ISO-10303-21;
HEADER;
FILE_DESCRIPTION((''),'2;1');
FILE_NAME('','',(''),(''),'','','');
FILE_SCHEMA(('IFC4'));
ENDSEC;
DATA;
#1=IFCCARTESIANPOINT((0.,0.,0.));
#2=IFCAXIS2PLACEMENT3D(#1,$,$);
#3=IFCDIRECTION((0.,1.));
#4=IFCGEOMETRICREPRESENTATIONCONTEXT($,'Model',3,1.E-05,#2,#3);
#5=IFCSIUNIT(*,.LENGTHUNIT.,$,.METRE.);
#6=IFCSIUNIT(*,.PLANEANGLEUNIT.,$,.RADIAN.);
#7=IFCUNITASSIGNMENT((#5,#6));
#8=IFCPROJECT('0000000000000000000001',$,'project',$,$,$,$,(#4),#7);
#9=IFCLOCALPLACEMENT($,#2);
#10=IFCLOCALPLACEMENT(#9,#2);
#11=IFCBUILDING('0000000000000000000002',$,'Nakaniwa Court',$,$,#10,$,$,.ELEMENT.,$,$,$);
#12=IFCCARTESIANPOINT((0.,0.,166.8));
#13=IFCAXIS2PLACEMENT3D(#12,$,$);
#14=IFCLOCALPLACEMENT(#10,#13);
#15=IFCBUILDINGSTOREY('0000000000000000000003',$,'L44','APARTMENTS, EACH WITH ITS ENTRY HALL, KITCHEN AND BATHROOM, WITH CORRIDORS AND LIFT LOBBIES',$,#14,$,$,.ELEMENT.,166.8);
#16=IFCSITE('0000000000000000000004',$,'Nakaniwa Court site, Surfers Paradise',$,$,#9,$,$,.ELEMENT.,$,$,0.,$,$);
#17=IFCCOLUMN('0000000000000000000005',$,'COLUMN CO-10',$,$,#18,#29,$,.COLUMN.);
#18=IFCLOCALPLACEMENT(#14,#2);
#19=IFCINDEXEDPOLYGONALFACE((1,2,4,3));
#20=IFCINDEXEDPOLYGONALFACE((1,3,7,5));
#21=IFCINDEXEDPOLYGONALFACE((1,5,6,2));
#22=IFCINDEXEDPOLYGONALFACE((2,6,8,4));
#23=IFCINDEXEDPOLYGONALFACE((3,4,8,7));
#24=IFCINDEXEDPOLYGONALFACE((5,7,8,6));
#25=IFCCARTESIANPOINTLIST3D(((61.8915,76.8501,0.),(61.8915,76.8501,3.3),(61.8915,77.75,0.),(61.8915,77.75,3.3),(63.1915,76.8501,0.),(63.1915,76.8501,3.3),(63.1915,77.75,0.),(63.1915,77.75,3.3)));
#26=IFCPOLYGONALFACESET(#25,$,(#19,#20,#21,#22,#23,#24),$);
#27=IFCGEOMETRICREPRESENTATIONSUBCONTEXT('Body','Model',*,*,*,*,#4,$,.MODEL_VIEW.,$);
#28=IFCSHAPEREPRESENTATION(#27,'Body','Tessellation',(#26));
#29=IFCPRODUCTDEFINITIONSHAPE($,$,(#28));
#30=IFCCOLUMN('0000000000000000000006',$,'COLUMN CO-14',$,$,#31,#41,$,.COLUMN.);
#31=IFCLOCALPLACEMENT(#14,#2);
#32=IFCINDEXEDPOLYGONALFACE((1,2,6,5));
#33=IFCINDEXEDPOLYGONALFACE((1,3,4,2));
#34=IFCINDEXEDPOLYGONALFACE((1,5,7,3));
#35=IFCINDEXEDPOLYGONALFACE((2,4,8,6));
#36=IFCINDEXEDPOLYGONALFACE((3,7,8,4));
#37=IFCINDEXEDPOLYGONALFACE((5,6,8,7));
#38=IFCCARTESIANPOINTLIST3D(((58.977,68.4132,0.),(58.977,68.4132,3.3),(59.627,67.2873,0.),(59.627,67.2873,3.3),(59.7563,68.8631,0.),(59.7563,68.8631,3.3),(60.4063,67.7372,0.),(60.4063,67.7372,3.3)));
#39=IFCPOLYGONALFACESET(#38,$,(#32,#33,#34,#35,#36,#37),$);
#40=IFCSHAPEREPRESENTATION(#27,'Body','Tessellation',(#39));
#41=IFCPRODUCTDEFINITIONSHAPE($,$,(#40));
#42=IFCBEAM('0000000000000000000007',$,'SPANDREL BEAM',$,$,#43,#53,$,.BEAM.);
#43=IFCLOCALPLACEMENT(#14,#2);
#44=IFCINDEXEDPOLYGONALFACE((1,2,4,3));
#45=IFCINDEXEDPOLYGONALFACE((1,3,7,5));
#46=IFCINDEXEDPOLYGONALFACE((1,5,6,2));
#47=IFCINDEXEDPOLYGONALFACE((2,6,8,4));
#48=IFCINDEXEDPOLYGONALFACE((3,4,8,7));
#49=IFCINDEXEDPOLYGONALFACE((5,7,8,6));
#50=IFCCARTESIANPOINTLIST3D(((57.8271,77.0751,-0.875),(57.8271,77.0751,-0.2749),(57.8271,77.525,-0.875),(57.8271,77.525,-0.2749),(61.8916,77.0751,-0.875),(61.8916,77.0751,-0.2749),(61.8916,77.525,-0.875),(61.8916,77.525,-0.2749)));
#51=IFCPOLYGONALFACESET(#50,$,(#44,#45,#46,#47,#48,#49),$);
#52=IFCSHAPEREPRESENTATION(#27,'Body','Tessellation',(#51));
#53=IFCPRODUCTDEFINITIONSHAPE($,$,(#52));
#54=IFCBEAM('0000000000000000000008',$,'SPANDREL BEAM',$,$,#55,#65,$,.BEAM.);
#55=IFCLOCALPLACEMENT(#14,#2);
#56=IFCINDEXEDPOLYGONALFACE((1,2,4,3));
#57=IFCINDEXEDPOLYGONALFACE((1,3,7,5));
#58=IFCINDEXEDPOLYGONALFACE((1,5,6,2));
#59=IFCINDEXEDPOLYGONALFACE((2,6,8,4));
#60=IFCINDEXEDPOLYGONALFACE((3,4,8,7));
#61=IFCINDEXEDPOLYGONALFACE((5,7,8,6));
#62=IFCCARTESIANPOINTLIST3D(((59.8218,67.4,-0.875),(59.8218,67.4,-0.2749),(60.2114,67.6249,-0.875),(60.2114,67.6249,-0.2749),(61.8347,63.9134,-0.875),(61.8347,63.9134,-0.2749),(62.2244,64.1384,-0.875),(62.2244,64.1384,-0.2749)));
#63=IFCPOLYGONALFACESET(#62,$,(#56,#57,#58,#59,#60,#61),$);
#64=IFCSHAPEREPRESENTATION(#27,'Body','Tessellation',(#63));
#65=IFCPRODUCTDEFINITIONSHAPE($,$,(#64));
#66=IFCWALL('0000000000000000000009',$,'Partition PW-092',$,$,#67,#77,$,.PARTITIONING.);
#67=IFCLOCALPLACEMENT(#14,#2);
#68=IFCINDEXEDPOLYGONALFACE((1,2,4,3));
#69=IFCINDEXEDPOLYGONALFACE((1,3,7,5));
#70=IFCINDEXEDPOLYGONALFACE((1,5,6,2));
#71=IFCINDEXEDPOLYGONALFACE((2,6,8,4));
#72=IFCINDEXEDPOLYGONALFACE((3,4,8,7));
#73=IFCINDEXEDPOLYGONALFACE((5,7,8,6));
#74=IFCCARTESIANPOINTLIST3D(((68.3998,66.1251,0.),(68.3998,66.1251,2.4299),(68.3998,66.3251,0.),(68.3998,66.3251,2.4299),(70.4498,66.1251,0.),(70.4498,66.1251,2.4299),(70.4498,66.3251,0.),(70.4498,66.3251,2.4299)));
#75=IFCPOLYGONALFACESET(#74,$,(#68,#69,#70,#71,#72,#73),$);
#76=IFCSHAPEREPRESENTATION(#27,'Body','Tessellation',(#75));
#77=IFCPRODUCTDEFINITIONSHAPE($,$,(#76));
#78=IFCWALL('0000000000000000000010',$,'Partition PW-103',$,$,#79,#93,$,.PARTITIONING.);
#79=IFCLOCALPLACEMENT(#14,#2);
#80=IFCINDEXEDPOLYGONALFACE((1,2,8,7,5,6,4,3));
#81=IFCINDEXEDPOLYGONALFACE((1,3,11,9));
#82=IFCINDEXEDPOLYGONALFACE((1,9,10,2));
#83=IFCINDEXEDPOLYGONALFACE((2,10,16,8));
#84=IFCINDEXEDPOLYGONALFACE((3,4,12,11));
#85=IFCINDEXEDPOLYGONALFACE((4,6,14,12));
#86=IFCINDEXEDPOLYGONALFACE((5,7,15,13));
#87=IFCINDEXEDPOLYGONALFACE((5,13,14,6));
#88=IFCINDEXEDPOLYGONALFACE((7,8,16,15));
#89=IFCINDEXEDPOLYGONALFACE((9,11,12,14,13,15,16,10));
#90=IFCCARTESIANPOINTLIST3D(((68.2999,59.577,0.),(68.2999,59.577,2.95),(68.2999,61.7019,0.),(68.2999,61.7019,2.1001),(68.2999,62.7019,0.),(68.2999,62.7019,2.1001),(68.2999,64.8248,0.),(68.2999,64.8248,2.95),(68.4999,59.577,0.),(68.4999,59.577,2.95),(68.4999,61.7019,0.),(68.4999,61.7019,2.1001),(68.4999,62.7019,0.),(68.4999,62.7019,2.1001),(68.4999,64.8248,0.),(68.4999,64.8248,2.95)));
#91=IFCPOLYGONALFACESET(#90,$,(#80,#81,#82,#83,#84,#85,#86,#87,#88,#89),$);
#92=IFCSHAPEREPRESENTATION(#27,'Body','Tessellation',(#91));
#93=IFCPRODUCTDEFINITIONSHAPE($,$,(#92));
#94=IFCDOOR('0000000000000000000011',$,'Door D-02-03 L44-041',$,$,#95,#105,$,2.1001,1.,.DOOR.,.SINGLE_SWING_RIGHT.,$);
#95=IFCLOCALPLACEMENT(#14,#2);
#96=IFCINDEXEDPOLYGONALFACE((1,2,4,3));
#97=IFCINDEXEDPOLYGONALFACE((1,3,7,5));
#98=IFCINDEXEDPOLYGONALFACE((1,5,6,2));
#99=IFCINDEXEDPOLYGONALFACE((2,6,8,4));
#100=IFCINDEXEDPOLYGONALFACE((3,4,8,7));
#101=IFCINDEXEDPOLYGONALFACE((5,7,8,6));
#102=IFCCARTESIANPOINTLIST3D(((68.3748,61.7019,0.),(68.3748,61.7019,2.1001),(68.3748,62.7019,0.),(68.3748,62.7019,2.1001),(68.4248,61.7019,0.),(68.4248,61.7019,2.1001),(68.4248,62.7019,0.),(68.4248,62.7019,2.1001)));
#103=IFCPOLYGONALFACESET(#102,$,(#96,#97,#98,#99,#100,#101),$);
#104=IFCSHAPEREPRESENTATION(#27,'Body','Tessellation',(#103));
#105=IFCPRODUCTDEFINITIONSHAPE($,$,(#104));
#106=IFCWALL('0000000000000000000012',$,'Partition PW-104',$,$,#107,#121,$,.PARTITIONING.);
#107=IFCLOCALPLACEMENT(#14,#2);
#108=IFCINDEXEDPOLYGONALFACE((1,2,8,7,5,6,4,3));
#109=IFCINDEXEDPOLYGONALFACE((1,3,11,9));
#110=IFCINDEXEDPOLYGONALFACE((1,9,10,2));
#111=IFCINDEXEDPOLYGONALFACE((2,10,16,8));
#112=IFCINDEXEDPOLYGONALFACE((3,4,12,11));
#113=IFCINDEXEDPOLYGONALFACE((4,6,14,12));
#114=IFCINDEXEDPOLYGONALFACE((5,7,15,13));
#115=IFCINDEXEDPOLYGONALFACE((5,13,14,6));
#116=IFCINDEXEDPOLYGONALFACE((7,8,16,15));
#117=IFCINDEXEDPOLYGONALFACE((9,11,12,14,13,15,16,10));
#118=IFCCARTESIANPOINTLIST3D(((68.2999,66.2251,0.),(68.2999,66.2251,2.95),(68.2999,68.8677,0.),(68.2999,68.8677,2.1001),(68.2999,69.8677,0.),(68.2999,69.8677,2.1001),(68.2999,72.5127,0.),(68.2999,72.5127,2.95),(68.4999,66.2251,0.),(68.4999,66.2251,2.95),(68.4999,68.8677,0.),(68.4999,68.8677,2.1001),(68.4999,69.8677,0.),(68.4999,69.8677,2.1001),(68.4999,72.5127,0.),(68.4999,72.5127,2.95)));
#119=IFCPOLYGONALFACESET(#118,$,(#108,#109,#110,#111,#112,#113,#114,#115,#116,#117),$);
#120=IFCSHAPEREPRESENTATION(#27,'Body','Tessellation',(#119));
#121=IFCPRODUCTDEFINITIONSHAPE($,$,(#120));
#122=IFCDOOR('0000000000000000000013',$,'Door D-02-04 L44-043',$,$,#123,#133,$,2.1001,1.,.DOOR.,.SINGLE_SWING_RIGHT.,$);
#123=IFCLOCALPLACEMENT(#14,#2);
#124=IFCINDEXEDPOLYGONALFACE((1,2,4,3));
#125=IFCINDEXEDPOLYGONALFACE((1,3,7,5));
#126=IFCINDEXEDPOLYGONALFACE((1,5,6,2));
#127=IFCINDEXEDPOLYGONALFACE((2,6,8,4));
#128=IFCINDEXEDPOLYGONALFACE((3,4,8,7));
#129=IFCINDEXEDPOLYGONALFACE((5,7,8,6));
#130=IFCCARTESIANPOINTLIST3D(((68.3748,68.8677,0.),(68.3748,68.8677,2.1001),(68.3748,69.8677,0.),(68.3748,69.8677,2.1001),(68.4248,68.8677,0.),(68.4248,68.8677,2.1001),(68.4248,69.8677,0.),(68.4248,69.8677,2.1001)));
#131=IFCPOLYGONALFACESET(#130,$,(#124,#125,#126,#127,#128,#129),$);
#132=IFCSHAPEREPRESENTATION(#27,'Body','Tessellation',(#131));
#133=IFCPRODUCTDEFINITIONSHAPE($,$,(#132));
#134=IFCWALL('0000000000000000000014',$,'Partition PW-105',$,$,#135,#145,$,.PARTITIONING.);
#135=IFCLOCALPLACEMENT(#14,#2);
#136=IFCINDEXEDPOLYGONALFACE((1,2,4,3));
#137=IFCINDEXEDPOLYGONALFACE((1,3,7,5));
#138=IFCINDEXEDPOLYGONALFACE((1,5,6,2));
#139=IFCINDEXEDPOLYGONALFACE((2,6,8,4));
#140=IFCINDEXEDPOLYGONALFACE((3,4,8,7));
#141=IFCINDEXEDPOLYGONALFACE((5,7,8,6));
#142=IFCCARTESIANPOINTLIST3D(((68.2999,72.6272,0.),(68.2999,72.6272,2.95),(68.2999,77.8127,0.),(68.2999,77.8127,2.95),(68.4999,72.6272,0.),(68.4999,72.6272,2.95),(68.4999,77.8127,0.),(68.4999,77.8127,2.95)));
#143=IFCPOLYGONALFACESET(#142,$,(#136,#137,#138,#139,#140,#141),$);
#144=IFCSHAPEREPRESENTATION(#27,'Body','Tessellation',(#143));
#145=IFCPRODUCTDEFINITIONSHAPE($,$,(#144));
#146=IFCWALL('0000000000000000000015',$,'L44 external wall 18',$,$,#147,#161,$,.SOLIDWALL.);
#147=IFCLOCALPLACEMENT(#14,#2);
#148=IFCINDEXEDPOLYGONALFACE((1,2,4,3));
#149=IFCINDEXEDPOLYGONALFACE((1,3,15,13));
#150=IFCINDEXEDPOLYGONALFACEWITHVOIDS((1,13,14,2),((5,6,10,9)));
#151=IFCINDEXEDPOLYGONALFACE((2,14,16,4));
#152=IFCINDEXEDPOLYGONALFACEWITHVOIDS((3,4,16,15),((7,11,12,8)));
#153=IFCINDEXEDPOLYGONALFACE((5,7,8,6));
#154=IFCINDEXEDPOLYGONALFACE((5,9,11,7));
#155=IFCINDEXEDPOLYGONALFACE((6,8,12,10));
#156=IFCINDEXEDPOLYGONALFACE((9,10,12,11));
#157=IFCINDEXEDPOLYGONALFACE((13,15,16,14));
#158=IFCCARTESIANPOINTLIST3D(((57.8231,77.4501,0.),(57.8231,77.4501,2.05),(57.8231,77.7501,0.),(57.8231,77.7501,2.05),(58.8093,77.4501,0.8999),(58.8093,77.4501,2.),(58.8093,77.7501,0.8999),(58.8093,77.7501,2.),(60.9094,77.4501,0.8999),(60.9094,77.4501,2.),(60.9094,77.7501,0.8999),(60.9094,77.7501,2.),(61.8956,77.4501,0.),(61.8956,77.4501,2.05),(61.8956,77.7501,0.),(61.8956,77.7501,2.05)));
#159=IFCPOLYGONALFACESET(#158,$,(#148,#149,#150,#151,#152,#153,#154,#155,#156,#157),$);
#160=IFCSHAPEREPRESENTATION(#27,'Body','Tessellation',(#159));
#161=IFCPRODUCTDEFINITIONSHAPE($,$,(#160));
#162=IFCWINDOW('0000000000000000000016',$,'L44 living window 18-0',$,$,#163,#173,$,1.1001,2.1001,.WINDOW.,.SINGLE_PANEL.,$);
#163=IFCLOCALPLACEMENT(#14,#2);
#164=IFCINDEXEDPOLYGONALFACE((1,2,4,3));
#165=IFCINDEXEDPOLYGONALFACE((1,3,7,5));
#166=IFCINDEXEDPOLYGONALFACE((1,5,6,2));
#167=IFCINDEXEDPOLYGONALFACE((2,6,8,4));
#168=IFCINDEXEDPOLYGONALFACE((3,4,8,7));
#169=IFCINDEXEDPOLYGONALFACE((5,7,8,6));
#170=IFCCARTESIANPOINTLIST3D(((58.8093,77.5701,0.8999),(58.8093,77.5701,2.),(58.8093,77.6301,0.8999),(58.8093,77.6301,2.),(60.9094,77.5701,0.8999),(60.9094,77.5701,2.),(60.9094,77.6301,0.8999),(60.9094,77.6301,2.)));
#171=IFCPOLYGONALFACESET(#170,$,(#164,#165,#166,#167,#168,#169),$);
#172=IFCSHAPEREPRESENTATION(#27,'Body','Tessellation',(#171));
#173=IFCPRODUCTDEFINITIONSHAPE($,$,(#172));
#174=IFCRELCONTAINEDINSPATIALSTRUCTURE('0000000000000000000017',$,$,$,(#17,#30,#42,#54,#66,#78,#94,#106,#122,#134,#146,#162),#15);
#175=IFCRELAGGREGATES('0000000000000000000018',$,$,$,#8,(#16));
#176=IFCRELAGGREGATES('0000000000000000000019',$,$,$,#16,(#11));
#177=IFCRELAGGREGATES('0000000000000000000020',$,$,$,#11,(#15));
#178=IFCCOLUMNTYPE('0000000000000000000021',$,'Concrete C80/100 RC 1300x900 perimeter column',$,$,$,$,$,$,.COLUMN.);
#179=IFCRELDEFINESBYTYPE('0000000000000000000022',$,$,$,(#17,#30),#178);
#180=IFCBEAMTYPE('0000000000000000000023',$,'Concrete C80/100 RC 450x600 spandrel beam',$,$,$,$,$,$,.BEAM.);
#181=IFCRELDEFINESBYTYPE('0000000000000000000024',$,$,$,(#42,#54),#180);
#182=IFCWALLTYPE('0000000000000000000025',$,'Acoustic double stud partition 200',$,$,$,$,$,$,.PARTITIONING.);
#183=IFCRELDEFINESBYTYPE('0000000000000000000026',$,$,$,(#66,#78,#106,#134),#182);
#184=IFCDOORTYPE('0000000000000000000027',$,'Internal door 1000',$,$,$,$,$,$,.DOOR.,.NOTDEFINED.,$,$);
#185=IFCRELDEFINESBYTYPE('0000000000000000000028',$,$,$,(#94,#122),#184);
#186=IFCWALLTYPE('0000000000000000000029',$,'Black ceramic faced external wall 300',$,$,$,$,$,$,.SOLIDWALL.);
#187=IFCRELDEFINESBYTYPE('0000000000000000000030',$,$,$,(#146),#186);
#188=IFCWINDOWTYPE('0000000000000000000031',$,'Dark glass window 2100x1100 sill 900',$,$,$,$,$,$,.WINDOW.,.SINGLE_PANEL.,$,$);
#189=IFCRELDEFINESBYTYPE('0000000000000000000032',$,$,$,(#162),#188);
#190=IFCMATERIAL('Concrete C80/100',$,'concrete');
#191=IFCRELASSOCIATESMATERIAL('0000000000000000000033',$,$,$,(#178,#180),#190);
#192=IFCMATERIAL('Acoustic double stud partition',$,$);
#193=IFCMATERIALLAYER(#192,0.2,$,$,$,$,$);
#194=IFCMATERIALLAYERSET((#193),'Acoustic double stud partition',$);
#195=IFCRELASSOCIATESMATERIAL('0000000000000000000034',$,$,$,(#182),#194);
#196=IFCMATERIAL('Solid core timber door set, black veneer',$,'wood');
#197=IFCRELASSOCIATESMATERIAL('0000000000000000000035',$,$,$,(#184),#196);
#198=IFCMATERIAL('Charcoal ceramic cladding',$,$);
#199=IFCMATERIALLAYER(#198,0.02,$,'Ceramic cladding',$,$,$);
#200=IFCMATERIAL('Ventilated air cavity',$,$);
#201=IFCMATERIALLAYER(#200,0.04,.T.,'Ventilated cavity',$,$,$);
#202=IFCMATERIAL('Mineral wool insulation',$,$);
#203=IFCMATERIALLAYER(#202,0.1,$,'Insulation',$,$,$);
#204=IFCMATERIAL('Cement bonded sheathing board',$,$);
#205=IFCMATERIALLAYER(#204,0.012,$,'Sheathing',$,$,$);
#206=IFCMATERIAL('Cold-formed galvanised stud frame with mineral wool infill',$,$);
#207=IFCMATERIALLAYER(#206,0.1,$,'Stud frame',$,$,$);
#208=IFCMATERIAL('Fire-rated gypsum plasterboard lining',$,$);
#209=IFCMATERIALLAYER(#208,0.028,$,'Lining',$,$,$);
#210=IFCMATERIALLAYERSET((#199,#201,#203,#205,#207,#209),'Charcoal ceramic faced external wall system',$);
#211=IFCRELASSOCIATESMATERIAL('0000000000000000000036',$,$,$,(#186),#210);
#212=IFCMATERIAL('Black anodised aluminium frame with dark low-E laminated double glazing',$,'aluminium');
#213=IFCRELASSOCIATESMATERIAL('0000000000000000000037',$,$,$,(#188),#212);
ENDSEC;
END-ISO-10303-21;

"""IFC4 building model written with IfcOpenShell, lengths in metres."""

from ifc_helpers import new_model, si_unit, direction, frame, frame_2d, origin, origin_2d, place, context, subcontext, project, spatial, rectangle, extrude, material, layer, layer_set, material_profile, profile_set, type_object, element, fill, save


model = new_model("IFC4")

# Units and contexts
model_context = context("Model", 3, precision=1e-05, world=origin(), true_north=direction((0.0, 1.0)))
body_context = subcontext(model_context, "Body", "Model", "MODEL_VIEW")
ifc_project = project(units=[si_unit("LENGTHUNIT", "METRE"), si_unit("PLANEANGLEUNIT", "RADIAN")], contexts=[model_context])

# Site, building, storey
site_placement = place(None, origin())
site = spatial("IfcSite", under=ifc_project, at=site_placement, Name="Nakaniwa Court site, Surfers Paradise", CompositionType="ELEMENT", RefElevation=0.0)
building_placement = place(site_placement, origin())
building = spatial("IfcBuilding", under=site, at=building_placement, Name="Nakaniwa Court", CompositionType="ELEMENT")
storey_placement = place(building_placement, frame((0.0, 0.0, 166.8)))
storey = spatial("IfcBuildingStorey", under=building, at=storey_placement, Name="L44", Description="APARTMENTS, EACH WITH ITS ENTRY HALL, KITCHEN AND BATHROOM, WITH CORRIDORS AND LIFT LOBBIES", CompositionType="ELEMENT", Elevation=166.8)

# Columns
ifc_material_1 = material(Name="Concrete C80/100", Category="concrete")
ifc_material_profile_1 = material_profile(ifc_material_1, rectangle(XDim=1.3, YDim=0.8999, at=origin_2d()), Name="Concrete C80/100 RC 1300x900 perimeter column")
ifc_profile_set_1 = profile_set([ifc_material_profile_1], Name="Concrete C80/100")
column_type = type_object("IfcColumnType", Name="Concrete C80/100 RC 1300x900 perimeter column", PredefinedType="COLUMN", material=ifc_profile_set_1)
for number, where, z_axis, x_axis, name in (
    (1, (62.5415, 77.3, 0.0), (0.0, 0.0, 1.0), (-1.0, 0.0, 0.0), "COLUMN CO-10"),
    (2, (59.6917, 68.0752, 0.0), (0.0, 0.0, 1.0), (0.5, -0.866025, 0.0), "COLUMN CO-14"),
):
    element("IfcColumn", number, at=place(storey_placement, frame(where, z_axis=z_axis, x_axis=x_axis)), inside=storey, type_object=column_type, Name=name, PredefinedType="COLUMN", context=body_context, shape_type="SweptSolid", body=[
        extrude(rectangle(XDim=1.3, YDim=0.8999, at=origin_2d()), origin(), (0.0, 0.0, 1.0), 3.3),
    ])

# Beams
ifc_material_profile_2 = material_profile(ifc_material_1, rectangle(XDim=0.45, YDim=0.6001, at=origin_2d()), Name="Concrete C80/100 RC 450x600 spandrel beam")
ifc_profile_set_2 = profile_set([ifc_material_profile_2], Name="Concrete C80/100")
beam_type = type_object("IfcBeamType", Name="Concrete C80/100 RC 450x600 spandrel beam", PredefinedType="BEAM", material=ifc_profile_set_2)
beam_1_placement = place(storey_placement, frame((61.8916, 77.3, -0.575), z_axis=(-1.0, 0.0, 0.0), x_axis=(0.0, -1.0, 0.0)))
element("IfcBeam", 3, at=beam_1_placement, inside=storey, type_object=beam_type, Name="SPANDREL BEAM", PredefinedType="BEAM", context=body_context, shape_type="SweptSolid", body=[
    extrude(rectangle(XDim=0.45, YDim=0.6001, at=origin_2d()), origin(), (0.0, 0.0, 1.0), 4.0645),
])
beam_2_placement = place(storey_placement, frame((60.0166, 67.5125, -0.575), z_axis=(0.499994, -0.866029, 0.0), x_axis=(0.866029, 0.499994, 0.0)))
element("IfcBeam", 4, at=beam_2_placement, inside=storey, type_object=beam_type, Name="SPANDREL BEAM", PredefinedType="BEAM", context=body_context, shape_type="SweptSolid", body=[
    extrude(rectangle(XDim=0.45, YDim=0.6001, at=origin_2d()), origin(), (0.0, 0.0, 1.0), 4.0259),
])

# Wall
ifc_material_2 = material(Name="Acoustic double stud partition")
ifc_layer_1 = layer(ifc_material_2, 0.2)
ifc_layer_set_1 = layer_set([ifc_layer_1], Name="Acoustic double stud partition")
wall_type_1 = type_object("IfcWallType", Name="Acoustic double stud partition 200", PredefinedType="PARTITIONING", material=ifc_layer_set_1)
wall_1_placement = place(storey_placement, frame((68.3999, 66.2251, 0.0), z_axis=(0.0, 0.0, 1.0), x_axis=(1.0, 0.0, 0.0)))
element("IfcWall", 5, at=wall_1_placement, inside=storey, type_object=wall_type_1, Name="Partition PW-092", PredefinedType="PARTITIONING", context=body_context, shape_type="SweptSolid", body=[
    extrude(rectangle(XDim=2.05, YDim=0.2, at=frame_2d((1.0249, 0.0))), origin(), (0.0, 0.0, 1.0), 2.4299),
])

# Walls, openings, doors
wall_2_placement = place(storey_placement, frame((68.3999, 64.825, 0.0), z_axis=(0.0, 0.0, 1.0), x_axis=(0.0, -1.0, 0.0)))
wall_2 = element("IfcWall", 6, at=wall_2_placement, inside=storey, type_object=wall_type_1, Name="Partition PW-103", PredefinedType="PARTITIONING", context=body_context, shape_type="SweptSolid", body=[
    extrude(rectangle(XDim=5.2478, YDim=0.2, at=frame_2d((2.624, 0.0))), origin(), (0.0, 0.0, 1.0), 2.95),
])
opening_1_placement = place(wall_2_placement, frame((2.123, 0.0, 0.0)))
opening_1 = element("IfcOpeningElement", 7, at=opening_1_placement, cuts=wall_2, PredefinedType="OPENING", context=body_context, shape_type="SweptSolid", body=[
    extrude(rectangle(XDim=1.0, YDim=2.1001, at=frame_2d((0.5, 1.05))), frame((0.0, 0.1099, 0.0), z_axis=(0.0, -1.0, 0.0), x_axis=(1.0, 0.0, 0.0)), (0.0, 0.0, 1.0), 0.22),
])
ifc_material_3 = material(Name="Solid core timber door set, black veneer", Category="wood")
door_type = type_object("IfcDoorType", Name="Internal door 1000", OperationType="NOTDEFINED", PredefinedType="DOOR", material=ifc_material_3)
door_1_placement = place(opening_1_placement, origin())
door_1 = element("IfcDoor", 8, at=door_1_placement, inside=storey, type_object=door_type, Name="Door D-02-03 L44-041", OperationType="SINGLE_SWING_RIGHT", OverallHeight=2.1001, OverallWidth=1.0, PredefinedType="DOOR", context=body_context, shape_type="SweptSolid", body=[
    extrude(rectangle(XDim=1.0, YDim=2.1001, at=frame_2d((0.5, 1.05))), frame((0.0, 0.0249, 0.0), z_axis=(0.0, -1.0, 0.0), x_axis=(1.0, 0.0, 0.0)), (0.0, 0.0, 1.0), 0.05),
])
fill(opening_1, door_1)
wall_3_placement = place(storey_placement, frame((68.3999, 72.5127, 0.0), z_axis=(0.0, 0.0, 1.0), x_axis=(0.0, -1.0, 0.0)))
wall_3 = element("IfcWall", 9, at=wall_3_placement, inside=storey, type_object=wall_type_1, Name="Partition PW-104", PredefinedType="PARTITIONING", context=body_context, shape_type="SweptSolid", body=[
    extrude(rectangle(XDim=6.2876, YDim=0.2, at=frame_2d((3.1438, 0.0))), origin(), (0.0, 0.0, 1.0), 2.95),
])
opening_2_placement = place(wall_3_placement, frame((2.645, 0.0, 0.0)))
opening_2 = element("IfcOpeningElement", 10, at=opening_2_placement, cuts=wall_3, PredefinedType="OPENING", context=body_context, shape_type="SweptSolid", body=[
    extrude(rectangle(XDim=1.0, YDim=2.1001, at=frame_2d((0.5, 1.05))), frame((0.0, 0.1099, 0.0), z_axis=(0.0, -1.0, 0.0), x_axis=(1.0, 0.0, 0.0)), (0.0, 0.0, 1.0), 0.22),
])
door_2_placement = place(opening_2_placement, origin())
door_2 = element("IfcDoor", 11, at=door_2_placement, inside=storey, type_object=door_type, Name="Door D-02-04 L44-043", OperationType="SINGLE_SWING_RIGHT", OverallHeight=2.1001, OverallWidth=1.0, PredefinedType="DOOR", context=body_context, shape_type="SweptSolid", body=[
    extrude(rectangle(XDim=1.0, YDim=2.1001, at=frame_2d((0.5, 1.05))), frame((0.0, 0.0249, 0.0), z_axis=(0.0, -1.0, 0.0), x_axis=(1.0, 0.0, 0.0)), (0.0, 0.0, 1.0), 0.05),
])
fill(opening_2, door_2)

# Wall
wall_4_placement = place(storey_placement, frame((68.3999, 72.6272, 0.0), z_axis=(0.0, 0.0, 1.0), x_axis=(0.0, 1.0, 0.0)))
element("IfcWall", 12, at=wall_4_placement, inside=storey, type_object=wall_type_1, Name="Partition PW-105", PredefinedType="PARTITIONING", context=body_context, shape_type="SweptSolid", body=[
    extrude(rectangle(XDim=5.1855, YDim=0.2, at=frame_2d((2.5928, 0.0))), origin(), (0.0, 0.0, 1.0), 2.95),
])

# Wall, opening, window
ifc_material_4 = material(Name="Charcoal ceramic cladding")
ifc_layer_2 = layer(ifc_material_4, 0.02, Name="Ceramic cladding")
ifc_material_5 = material(Name="Ventilated air cavity")
ifc_layer_3 = layer(ifc_material_5, 0.04, ventilated=True, Name="Ventilated cavity")
ifc_material_6 = material(Name="Mineral wool insulation")
ifc_layer_4 = layer(ifc_material_6, 0.1, Name="Insulation")
ifc_material_7 = material(Name="Cement bonded sheathing board")
ifc_layer_5 = layer(ifc_material_7, 0.012, Name="Sheathing")
ifc_material_8 = material(Name="Cold-formed galvanised stud frame with mineral wool infill")
ifc_layer_6 = layer(ifc_material_8, 0.1, Name="Stud frame")
ifc_material_9 = material(Name="Fire-rated gypsum plasterboard lining")
ifc_layer_7 = layer(ifc_material_9, 0.028, Name="Lining")
ifc_layer_set_2 = layer_set([ifc_layer_2, ifc_layer_3, ifc_layer_4, ifc_layer_5, ifc_layer_6, ifc_layer_7], Name="Charcoal ceramic faced external wall system")
wall_type_2 = type_object("IfcWallType", Name="Black ceramic faced external wall 300", PredefinedType="SOLIDWALL", material=ifc_layer_set_2)
wall_5_placement = place(storey_placement, frame((61.8955, 77.6001, 0.0), z_axis=(0.0, 0.0, 1.0), x_axis=(-1.0, 0.0, 0.0)))
wall_5 = element("IfcWall", 13, at=wall_5_placement, inside=storey, type_object=wall_type_2, Name="L44 external wall 18", PredefinedType="SOLIDWALL", context=body_context, shape_type="SweptSolid", body=[
    extrude(rectangle(XDim=4.0725, YDim=0.3, at=frame_2d((2.0361, 0.0))), origin(), (0.0, 0.0, 1.0), 2.05),
])
opening_3_placement = place(wall_5_placement, frame((0.9861, 0.0, 0.8999)))
opening_3 = element("IfcOpeningElement", 14, at=opening_3_placement, cuts=wall_5, PredefinedType="OPENING", context=body_context, shape_type="SweptSolid", body=[
    extrude(rectangle(XDim=2.1001, YDim=1.1001, at=frame_2d((1.05, 0.55))), frame((0.0, 0.1599, 0.0), z_axis=(0.0, -1.0, 0.0), x_axis=(1.0, 0.0, 0.0)), (0.0, 0.0, 1.0), 0.3201),
])
ifc_material_10 = material(Name="Black anodised aluminium frame with dark low-E laminated double glazing", Category="aluminium")
window_type = type_object("IfcWindowType", Name="Dark glass window 2100x1100 sill 900", PartitioningType="SINGLE_PANEL", PredefinedType="WINDOW", material=ifc_material_10)
window_1_placement = place(opening_3_placement, origin())
window_1 = element("IfcWindow", 15, at=window_1_placement, inside=storey, type_object=window_type, Name="L44 living window 18-0", OverallHeight=1.1001, OverallWidth=2.1001, PartitioningType="SINGLE_PANEL", PredefinedType="WINDOW", context=body_context, shape_type="SweptSolid", body=[
    extrude(rectangle(XDim=2.1001, YDim=1.1001, at=frame_2d((1.05, 0.55))), frame((0.0, 0.03, 0.0), z_axis=(0.0, -1.0, 0.0), x_axis=(1.0, 0.0, 0.0)), (0.0, 0.0, 1.0), 0.0601),
])
fill(opening_3, window_1)

save(model, "model.ifc")
